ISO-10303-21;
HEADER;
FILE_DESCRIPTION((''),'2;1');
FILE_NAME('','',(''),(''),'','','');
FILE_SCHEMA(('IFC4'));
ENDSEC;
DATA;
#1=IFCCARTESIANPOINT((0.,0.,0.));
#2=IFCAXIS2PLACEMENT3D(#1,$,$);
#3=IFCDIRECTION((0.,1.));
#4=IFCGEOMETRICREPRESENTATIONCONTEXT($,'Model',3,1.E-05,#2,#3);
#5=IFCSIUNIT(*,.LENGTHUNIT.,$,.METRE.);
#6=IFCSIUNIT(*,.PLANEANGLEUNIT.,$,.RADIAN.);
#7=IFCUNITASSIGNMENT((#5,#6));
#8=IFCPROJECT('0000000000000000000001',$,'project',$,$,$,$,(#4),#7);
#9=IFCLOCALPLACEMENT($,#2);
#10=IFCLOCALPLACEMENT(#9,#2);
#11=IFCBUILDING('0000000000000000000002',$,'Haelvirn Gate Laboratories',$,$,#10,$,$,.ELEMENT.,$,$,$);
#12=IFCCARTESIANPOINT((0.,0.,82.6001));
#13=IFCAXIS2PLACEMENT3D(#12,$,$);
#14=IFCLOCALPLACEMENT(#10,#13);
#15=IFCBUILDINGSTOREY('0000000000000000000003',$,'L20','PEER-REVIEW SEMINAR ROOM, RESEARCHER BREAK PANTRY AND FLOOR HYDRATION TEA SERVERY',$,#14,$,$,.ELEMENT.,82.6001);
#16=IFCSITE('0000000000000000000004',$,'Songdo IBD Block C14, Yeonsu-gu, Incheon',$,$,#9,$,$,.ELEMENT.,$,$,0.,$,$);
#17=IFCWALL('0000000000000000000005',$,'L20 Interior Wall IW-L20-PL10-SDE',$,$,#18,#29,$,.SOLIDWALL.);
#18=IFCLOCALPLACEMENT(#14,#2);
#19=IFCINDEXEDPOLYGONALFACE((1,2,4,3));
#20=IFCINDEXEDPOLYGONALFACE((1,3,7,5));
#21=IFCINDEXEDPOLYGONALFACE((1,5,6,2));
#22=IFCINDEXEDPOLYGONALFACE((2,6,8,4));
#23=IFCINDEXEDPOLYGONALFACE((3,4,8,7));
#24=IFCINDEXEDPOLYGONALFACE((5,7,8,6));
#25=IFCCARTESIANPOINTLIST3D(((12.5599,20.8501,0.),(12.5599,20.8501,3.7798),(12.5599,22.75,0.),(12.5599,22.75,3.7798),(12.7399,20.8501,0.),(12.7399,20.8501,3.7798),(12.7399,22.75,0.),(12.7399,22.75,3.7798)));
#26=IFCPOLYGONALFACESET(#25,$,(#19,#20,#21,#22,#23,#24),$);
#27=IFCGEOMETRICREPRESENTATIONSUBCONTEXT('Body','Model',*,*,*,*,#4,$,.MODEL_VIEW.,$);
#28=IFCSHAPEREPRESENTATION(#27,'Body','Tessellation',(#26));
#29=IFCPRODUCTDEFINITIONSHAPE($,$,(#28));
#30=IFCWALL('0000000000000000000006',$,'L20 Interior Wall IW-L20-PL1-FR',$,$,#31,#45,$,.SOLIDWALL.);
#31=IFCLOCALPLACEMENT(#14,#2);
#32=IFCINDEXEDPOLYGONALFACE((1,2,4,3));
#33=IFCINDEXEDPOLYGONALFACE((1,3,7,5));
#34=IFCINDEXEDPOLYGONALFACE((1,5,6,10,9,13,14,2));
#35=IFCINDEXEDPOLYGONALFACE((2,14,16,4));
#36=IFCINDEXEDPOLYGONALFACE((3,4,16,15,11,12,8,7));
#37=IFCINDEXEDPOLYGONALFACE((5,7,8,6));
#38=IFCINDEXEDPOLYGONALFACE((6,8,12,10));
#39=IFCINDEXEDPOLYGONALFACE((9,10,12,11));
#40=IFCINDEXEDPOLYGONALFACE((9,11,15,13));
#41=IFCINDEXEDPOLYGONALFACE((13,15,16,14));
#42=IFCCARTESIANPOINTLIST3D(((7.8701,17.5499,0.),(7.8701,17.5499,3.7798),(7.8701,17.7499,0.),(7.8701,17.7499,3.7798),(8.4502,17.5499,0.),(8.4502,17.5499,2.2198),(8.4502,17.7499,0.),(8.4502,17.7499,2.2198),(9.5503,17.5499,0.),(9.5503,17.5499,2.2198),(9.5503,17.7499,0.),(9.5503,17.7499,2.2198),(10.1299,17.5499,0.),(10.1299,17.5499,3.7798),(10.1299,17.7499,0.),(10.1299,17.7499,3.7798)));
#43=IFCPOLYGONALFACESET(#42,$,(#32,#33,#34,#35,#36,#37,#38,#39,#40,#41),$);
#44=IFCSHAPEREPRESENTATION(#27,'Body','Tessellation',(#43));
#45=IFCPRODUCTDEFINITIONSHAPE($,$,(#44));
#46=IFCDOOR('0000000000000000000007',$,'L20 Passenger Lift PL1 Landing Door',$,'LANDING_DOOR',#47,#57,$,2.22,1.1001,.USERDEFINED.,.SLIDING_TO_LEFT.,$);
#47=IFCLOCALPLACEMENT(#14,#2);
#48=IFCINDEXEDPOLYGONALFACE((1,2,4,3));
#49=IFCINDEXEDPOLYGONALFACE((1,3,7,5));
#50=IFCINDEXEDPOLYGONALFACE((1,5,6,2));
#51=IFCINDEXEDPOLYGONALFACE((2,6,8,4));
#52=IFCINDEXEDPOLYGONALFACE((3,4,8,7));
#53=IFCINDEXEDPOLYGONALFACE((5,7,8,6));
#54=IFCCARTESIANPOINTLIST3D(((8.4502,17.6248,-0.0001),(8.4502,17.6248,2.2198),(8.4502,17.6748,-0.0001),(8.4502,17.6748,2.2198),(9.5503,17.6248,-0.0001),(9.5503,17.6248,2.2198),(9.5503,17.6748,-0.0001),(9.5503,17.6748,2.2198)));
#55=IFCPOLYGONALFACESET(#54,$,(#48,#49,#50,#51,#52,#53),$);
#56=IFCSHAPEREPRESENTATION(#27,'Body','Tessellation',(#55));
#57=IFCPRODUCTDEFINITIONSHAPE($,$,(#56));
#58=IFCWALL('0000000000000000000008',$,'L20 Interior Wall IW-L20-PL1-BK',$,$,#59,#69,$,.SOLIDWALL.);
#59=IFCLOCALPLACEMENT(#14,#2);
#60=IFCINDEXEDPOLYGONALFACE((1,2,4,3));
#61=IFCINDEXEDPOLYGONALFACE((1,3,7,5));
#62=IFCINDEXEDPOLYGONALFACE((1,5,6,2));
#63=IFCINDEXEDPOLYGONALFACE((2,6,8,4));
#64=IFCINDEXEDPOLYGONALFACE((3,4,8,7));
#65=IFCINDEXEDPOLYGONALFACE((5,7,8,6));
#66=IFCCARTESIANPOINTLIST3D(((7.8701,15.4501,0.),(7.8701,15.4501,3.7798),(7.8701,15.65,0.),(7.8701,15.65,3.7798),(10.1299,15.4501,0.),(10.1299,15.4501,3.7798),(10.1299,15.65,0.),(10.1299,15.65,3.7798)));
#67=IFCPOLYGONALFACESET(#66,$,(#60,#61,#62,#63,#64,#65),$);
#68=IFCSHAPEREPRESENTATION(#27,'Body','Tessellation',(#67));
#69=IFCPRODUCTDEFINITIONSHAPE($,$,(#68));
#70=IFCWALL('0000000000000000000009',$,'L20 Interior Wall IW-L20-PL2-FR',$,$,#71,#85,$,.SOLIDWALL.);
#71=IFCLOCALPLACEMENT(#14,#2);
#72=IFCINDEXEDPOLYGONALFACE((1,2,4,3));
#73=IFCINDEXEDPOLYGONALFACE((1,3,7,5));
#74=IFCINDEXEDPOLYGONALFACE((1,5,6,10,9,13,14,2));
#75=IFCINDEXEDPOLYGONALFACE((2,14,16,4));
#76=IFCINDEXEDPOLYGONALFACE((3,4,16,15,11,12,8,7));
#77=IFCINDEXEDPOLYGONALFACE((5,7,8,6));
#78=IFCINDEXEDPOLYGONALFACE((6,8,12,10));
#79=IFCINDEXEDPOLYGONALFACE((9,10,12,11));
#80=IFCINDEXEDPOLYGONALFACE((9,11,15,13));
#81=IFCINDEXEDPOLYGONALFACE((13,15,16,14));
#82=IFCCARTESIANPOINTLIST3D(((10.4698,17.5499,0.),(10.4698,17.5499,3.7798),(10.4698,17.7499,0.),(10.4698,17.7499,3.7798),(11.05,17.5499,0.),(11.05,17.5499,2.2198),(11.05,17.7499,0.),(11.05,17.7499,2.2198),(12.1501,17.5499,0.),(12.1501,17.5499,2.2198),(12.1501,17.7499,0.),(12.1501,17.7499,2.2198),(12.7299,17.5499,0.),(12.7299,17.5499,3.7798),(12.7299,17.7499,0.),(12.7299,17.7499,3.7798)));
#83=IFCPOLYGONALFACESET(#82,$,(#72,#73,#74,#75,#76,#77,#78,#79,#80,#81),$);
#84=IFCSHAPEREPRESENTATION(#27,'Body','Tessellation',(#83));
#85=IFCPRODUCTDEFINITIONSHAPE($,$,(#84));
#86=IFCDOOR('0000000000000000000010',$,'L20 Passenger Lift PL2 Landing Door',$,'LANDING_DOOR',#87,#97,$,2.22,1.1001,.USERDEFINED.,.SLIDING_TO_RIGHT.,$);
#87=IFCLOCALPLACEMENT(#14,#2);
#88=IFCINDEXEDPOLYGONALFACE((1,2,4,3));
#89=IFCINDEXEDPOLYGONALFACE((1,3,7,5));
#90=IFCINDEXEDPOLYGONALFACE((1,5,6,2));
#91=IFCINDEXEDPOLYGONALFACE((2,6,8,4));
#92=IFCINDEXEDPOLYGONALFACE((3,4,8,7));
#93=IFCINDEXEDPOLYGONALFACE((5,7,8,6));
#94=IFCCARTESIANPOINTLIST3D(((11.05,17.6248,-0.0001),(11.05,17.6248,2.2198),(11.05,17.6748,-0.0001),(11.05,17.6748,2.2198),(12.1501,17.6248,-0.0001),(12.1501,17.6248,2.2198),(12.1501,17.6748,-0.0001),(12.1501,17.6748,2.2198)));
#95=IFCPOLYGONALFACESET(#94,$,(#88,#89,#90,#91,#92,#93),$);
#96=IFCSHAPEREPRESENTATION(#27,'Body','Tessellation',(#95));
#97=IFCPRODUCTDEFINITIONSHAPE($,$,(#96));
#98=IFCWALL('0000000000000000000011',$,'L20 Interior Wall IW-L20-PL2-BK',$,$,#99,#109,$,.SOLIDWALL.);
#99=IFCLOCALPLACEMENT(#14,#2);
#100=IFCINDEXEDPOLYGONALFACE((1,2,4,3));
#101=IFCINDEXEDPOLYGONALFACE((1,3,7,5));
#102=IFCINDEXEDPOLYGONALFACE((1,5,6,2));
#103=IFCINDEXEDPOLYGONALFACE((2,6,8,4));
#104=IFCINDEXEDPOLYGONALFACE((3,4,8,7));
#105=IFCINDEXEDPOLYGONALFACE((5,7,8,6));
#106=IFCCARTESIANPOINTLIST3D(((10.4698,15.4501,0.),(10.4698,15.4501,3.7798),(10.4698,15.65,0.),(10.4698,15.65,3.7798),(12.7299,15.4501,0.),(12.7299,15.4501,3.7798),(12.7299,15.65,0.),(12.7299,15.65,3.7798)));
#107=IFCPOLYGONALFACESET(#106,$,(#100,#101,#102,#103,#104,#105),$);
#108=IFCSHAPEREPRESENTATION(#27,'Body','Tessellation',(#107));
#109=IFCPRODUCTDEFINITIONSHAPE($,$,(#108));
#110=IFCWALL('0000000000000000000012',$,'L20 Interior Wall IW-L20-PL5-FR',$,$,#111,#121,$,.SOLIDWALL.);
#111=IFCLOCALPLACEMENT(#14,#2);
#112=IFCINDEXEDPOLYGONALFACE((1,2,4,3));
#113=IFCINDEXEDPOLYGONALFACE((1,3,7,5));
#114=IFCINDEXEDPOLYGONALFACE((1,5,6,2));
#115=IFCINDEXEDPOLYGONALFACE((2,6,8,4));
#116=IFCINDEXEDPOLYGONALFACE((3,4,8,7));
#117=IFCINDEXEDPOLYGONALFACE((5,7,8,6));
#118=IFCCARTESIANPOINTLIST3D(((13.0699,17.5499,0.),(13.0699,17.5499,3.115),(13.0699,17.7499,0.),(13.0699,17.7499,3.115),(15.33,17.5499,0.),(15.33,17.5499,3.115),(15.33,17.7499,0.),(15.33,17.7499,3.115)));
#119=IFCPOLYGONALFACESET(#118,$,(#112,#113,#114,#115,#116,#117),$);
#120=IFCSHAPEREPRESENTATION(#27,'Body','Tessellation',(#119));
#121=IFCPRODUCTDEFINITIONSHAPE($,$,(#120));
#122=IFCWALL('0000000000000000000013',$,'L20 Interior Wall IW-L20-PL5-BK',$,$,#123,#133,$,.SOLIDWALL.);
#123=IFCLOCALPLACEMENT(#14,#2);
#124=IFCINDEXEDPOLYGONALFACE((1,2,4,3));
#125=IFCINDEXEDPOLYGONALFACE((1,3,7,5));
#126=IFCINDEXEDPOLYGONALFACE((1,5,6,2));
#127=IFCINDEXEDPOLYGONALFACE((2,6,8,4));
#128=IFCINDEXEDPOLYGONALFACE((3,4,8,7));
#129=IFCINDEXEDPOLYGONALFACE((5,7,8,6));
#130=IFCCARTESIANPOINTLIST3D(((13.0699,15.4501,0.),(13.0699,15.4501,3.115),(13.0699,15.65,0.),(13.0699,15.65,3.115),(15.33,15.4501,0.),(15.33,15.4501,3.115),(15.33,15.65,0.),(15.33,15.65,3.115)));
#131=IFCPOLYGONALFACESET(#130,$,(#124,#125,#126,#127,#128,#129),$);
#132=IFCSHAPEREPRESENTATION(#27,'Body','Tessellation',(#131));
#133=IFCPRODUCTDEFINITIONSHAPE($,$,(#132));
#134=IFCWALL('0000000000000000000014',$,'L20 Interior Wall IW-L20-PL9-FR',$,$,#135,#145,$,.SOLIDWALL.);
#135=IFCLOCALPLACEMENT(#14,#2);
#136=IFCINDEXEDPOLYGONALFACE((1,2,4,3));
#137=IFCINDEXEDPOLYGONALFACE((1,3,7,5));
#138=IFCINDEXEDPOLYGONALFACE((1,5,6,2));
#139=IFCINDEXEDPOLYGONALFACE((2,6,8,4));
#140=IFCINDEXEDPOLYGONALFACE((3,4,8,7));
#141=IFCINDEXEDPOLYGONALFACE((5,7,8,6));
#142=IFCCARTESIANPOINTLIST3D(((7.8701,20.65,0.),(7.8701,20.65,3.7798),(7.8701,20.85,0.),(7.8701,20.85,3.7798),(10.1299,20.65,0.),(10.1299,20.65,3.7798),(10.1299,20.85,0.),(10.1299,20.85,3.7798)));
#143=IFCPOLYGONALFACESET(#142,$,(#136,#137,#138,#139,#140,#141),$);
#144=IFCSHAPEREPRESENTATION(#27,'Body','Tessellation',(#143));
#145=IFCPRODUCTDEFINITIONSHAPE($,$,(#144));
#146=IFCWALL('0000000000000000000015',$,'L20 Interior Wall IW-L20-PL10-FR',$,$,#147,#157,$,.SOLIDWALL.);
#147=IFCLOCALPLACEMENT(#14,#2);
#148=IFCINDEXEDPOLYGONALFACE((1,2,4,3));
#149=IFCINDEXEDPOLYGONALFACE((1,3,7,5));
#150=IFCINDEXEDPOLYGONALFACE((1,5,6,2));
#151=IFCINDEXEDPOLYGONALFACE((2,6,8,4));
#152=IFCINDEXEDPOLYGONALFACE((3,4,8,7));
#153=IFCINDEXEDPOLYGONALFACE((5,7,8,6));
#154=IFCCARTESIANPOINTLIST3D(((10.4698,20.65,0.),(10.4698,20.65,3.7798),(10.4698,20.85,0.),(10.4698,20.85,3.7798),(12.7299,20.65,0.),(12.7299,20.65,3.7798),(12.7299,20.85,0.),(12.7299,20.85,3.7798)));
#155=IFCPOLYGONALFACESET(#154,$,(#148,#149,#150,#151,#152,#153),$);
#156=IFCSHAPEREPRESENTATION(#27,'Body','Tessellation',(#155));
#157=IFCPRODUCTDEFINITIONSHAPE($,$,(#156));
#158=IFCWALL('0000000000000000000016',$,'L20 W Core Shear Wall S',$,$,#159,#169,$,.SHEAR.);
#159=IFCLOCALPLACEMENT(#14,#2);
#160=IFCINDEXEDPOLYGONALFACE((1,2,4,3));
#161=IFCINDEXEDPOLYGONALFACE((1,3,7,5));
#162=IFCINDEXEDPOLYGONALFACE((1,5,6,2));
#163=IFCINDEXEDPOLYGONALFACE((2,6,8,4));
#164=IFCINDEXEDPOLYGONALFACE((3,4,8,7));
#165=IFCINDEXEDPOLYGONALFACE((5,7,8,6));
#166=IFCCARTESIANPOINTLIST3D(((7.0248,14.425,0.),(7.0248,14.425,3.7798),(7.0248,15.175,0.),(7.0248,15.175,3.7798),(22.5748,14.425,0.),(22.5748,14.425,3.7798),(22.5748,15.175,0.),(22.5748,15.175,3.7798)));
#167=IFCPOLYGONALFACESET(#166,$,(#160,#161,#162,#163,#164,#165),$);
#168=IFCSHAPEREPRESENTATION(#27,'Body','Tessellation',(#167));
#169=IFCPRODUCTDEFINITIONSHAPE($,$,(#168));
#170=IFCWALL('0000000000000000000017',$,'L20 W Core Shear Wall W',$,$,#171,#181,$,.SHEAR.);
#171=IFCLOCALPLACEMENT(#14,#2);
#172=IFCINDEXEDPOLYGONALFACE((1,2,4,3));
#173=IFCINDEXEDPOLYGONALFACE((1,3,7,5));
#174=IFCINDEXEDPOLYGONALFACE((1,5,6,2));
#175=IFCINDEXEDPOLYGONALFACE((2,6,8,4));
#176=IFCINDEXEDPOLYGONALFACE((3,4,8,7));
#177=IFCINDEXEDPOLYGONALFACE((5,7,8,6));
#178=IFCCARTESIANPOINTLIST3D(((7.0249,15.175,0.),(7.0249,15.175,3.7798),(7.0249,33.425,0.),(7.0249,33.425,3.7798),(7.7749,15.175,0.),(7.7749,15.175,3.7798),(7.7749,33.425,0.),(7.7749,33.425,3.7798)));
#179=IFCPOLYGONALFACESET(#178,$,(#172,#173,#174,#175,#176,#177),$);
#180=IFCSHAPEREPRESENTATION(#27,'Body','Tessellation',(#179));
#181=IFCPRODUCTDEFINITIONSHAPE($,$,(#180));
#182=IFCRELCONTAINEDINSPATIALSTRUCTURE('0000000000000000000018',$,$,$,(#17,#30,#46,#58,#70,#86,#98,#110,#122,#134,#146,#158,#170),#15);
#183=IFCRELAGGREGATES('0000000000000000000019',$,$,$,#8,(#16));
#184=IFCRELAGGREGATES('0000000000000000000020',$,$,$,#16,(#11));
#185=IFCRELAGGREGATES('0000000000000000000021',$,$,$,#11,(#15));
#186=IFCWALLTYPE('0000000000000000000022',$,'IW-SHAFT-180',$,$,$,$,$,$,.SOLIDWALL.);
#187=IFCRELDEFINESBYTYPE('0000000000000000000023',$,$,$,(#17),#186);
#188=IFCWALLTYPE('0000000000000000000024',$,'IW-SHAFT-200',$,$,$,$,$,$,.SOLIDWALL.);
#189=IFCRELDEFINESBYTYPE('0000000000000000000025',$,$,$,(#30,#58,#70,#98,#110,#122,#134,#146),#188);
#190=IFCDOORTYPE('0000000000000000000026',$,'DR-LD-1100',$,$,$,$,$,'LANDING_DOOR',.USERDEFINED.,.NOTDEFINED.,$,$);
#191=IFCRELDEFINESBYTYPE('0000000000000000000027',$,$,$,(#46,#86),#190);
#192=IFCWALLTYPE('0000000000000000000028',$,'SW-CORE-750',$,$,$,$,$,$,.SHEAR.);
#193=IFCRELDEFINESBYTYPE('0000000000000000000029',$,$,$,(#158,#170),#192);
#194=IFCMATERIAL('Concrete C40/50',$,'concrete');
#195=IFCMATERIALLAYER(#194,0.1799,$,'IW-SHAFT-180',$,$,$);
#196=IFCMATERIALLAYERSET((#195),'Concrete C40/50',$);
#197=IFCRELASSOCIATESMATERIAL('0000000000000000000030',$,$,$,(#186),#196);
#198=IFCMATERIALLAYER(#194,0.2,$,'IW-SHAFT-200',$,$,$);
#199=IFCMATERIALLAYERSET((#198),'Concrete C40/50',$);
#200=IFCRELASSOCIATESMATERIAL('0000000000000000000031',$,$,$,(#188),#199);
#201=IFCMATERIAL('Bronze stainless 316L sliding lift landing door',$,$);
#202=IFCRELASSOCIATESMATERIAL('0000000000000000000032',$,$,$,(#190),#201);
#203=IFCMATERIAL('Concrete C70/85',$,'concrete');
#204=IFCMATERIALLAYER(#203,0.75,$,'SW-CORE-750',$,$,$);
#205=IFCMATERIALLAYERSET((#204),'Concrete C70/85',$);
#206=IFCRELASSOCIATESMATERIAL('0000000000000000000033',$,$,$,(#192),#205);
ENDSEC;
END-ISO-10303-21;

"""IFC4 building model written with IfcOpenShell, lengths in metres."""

from ifc_helpers import new_model, si_unit, direction, frame, frame_2d, origin, place, context, subcontext, project, spatial, rectangle, extrude, source, transform, mapped, material, layer, layer_set, type_object, type_shapes, element, fill, save


model = new_model("IFC4")

# Units and contexts
model_context = context("Model", 3, precision=1e-05, world=origin(), true_north=direction((0.0, 1.0)))
body_context = subcontext(model_context, "Body", "Model", "MODEL_VIEW")
ifc_project = project(units=[si_unit("LENGTHUNIT", "METRE"), si_unit("PLANEANGLEUNIT", "RADIAN")], contexts=[model_context])

# Site, building, storey
site_placement = place(None, origin())
site = spatial("IfcSite", under=ifc_project, at=site_placement, Name="Songdo IBD Block C14, Yeonsu-gu, Incheon", CompositionType="ELEMENT", RefElevation=0.0)
building_placement = place(site_placement, origin())
building = spatial("IfcBuilding", under=site, at=building_placement, Name="Haelvirn Gate Laboratories", CompositionType="ELEMENT")
storey_placement = place(building_placement, frame((0.0, 0.0, 82.6001)))
storey = spatial("IfcBuildingStorey", under=building, at=storey_placement, Name="L20", Description="PEER-REVIEW SEMINAR ROOM, RESEARCHER BREAK PANTRY AND FLOOR HYDRATION TEA SERVERY", CompositionType="ELEMENT", Elevation=82.6001)

# Shared definitions
ifc_material_1 = material(Name="Concrete C70/85", Category="concrete")

# Wall
ifc_material_2 = material(Name="Concrete C40/50", Category="concrete")
ifc_layer_1 = layer(ifc_material_2, 0.1799, Name="IW-SHAFT-180")
ifc_layer_set_1 = layer_set([ifc_layer_1], Name="Concrete C40/50")
wall_type_1 = type_object("IfcWallType", Name="IW-SHAFT-180", PredefinedType="SOLIDWALL", material=ifc_layer_set_1)
for number, where, z_axis, x_axis, name in (
    (1, (12.6499, 20.8501, 0.0), (0.0, 0.0, 1.0), (0.0, 1.0, 0.0), "L20 Interior Wall IW-L20-PL10-SDE"),
):
    element("IfcWall", number, at=place(storey_placement, frame(where, z_axis=z_axis, x_axis=x_axis)), inside=storey, type_object=wall_type_1, Name=name, PredefinedType="SOLIDWALL", context=body_context, shape_type="SweptSolid", body=[
        extrude(rectangle(XDim=1.8999, YDim=0.1799, at=frame_2d((0.95, 0.0))), origin(), (0.0, 0.0, 1.0), 3.7798),
    ])

# Wall, opening, door
ifc_layer_2 = layer(ifc_material_2, 0.2, Name="IW-SHAFT-200")
ifc_layer_set_2 = layer_set([ifc_layer_2], Name="Concrete C40/50")
wall_type_2 = type_object("IfcWallType", Name="IW-SHAFT-200", PredefinedType="SOLIDWALL", material=ifc_layer_set_2)
wall_1_placement = place(storey_placement, frame((7.8701, 17.6499, 0.0), z_axis=(0.0, 0.0, 1.0), x_axis=(1.0, 0.0, 0.0)))
wall_1 = element("IfcWall", 2, at=wall_1_placement, inside=storey, type_object=wall_type_2, Name="L20 Interior Wall IW-L20-PL1-FR", PredefinedType="SOLIDWALL", context=body_context, shape_type="SweptSolid", body=[
    extrude(rectangle(XDim=2.2598, YDim=0.2, at=frame_2d((1.1299, 0.0))), origin(), (0.0, 0.0, 1.0), 3.7798),
])
opening_1_placement = place(wall_1_placement, frame((0.5801, 0.0, 0.0)))
opening_1 = element("IfcOpeningElement", 3, at=opening_1_placement, cuts=wall_1, PredefinedType="OPENING", context=body_context, shape_type="SweptSolid", body=[
    extrude(rectangle(XDim=1.1001, YDim=2.22, at=frame_2d((0.55, 1.1099))), frame((0.0, 0.1099, 0.0), z_axis=(0.0, -1.0, 0.0), x_axis=(1.0, 0.0, 0.0)), (0.0, 0.0, 1.0), 0.22),
])
ifc_material_3 = material(Name="Bronze stainless 316L sliding lift landing door")
door_type_1 = type_object("IfcDoorType", Name="DR-LD-1100", ElementType="LANDING_DOOR", OperationType="NOTDEFINED", PredefinedType="USERDEFINED", material=ifc_material_3)
shared_shape_1 = source(origin(), body_context, "Body", "SweptSolid", [
    extrude(rectangle(XDim=1.1001, YDim=2.22, at=frame_2d((0.55, 1.1099))), frame((0.0, 0.0249, 0.0), z_axis=(0.0, -1.0, 0.0), x_axis=(1.0, 0.0, 0.0)), (0.0, 0.0, 1.0), 0.05),
])
type_shapes(door_type_1, [shared_shape_1])
door_1_placement = place(opening_1_placement, origin())
door_1 = element("IfcDoor", 4, at=door_1_placement, inside=storey, type_object=door_type_1, Name="L20 Passenger Lift PL1 Landing Door", ObjectType="LANDING_DOOR", OperationType="SLIDING_TO_LEFT", OverallHeight=2.22, OverallWidth=1.1001, PredefinedType="USERDEFINED", context=body_context, shape_type="MappedRepresentation", body=[
    mapped(shared_shape_1, transform((0.0, 0.0, 0.0), scale=1.0)),
])
fill(opening_1, door_1)

# Wall
wall_2_placement = place(storey_placement, frame((7.8701, 15.55, 0.0), z_axis=(0.0, 0.0, 1.0), x_axis=(1.0, 0.0, 0.0)))
element("IfcWall", 5, at=wall_2_placement, inside=storey, type_object=wall_type_2, Name="L20 Interior Wall IW-L20-PL1-BK", PredefinedType="SOLIDWALL", context=body_context, shape_type="SweptSolid", body=[
    extrude(rectangle(XDim=2.2598, YDim=0.2, at=frame_2d((1.1299, 0.0))), origin(), (0.0, 0.0, 1.0), 3.7798),
])

# Wall, opening, door
wall_3_placement = place(storey_placement, frame((10.47, 17.6499, 0.0), z_axis=(0.0, 0.0, 1.0), x_axis=(1.0, 0.0, 0.0)))
wall_3 = element("IfcWall", 6, at=wall_3_placement, inside=storey, type_object=wall_type_2, Name="L20 Interior Wall IW-L20-PL2-FR", PredefinedType="SOLIDWALL", context=body_context, shape_type="SweptSolid", body=[
    extrude(rectangle(XDim=2.26, YDim=0.2, at=frame_2d((1.1299, 0.0))), origin(), (0.0, 0.0, 1.0), 3.7798),
])
opening_2_placement = place(wall_3_placement, frame((0.5801, 0.0, 0.0)))
opening_2 = element("IfcOpeningElement", 7, at=opening_2_placement, cuts=wall_3, PredefinedType="OPENING", context=body_context, shape_type="SweptSolid", body=[
    extrude(rectangle(XDim=1.1001, YDim=2.22, at=frame_2d((0.55, 1.1099))), frame((0.0, 0.1099, 0.0), z_axis=(0.0, -1.0, 0.0), x_axis=(1.0, 0.0, 0.0)), (0.0, 0.0, 1.0), 0.22),
])
door_2_placement = place(opening_2_placement, origin())
door_2 = element("IfcDoor", 8, at=door_2_placement, inside=storey, type_object=door_type_1, Name="L20 Passenger Lift PL2 Landing Door", ObjectType="LANDING_DOOR", OperationType="SLIDING_TO_RIGHT", OverallHeight=2.22, OverallWidth=1.1001, PredefinedType="USERDEFINED", context=body_context, shape_type="MappedRepresentation", body=[
    mapped(shared_shape_1, transform((0.0, 0.0, 0.0), scale=1.0)),
])
fill(opening_2, door_2)

# Walls
wall_4_placement = place(storey_placement, frame((10.47, 15.55, 0.0), z_axis=(0.0, 0.0, 1.0), x_axis=(1.0, 0.0, 0.0)))
element("IfcWall", 9, at=wall_4_placement, inside=storey, type_object=wall_type_2, Name="L20 Interior Wall IW-L20-PL2-BK", PredefinedType="SOLIDWALL", context=body_context, shape_type="SweptSolid", body=[
    extrude(rectangle(XDim=2.26, YDim=0.2, at=frame_2d((1.1299, 0.0))), origin(), (0.0, 0.0, 1.0), 3.7798),
])
for number, where, z_axis, x_axis, name in (
    (10, (13.0701, 17.6499, 0.0), (0.0, 0.0, 1.0), (1.0, 0.0, 0.0), "L20 Interior Wall IW-L20-PL5-FR"),
    (11, (13.0701, 15.55, 0.0), (0.0, 0.0, 1.0), (1.0, 0.0, 0.0), "L20 Interior Wall IW-L20-PL5-BK"),
):
    element("IfcWall", number, at=place(storey_placement, frame(where, z_axis=z_axis, x_axis=x_axis)), inside=storey, type_object=wall_type_2, Name=name, PredefinedType="SOLIDWALL", context=body_context, shape_type="SweptSolid", body=[
        extrude(rectangle(XDim=2.26, YDim=0.2, at=frame_2d((1.1299, 0.0))), origin(), (0.0, 0.0, 1.0), 3.115),
    ])
wall_5_placement = place(storey_placement, frame((7.8701, 20.75, 0.0), z_axis=(0.0, 0.0, 1.0), x_axis=(1.0, 0.0, 0.0)))
element("IfcWall", 12, at=wall_5_placement, inside=storey, type_object=wall_type_2, Name="L20 Interior Wall IW-L20-PL9-FR", PredefinedType="SOLIDWALL", context=body_context, shape_type="SweptSolid", body=[
    extrude(rectangle(XDim=2.2598, YDim=0.2, at=frame_2d((1.1299, 0.0))), origin(), (0.0, 0.0, 1.0), 3.7798),
])
wall_6_placement = place(storey_placement, frame((10.47, 20.75, 0.0), z_axis=(0.0, 0.0, 1.0), x_axis=(1.0, 0.0, 0.0)))
element("IfcWall", 13, at=wall_6_placement, inside=storey, type_object=wall_type_2, Name="L20 Interior Wall IW-L20-PL10-FR", PredefinedType="SOLIDWALL", context=body_context, shape_type="SweptSolid", body=[
    extrude(rectangle(XDim=2.26, YDim=0.2, at=frame_2d((1.1299, 0.0))), origin(), (0.0, 0.0, 1.0), 3.7798),
])
ifc_layer_3 = layer(ifc_material_1, 0.75, Name="SW-CORE-750")
ifc_layer_set_3 = layer_set([ifc_layer_3], Name="Concrete C70/85")
wall_type_3 = type_object("IfcWallType", Name="SW-CORE-750", PredefinedType="SHEAR", material=ifc_layer_set_3)
wall_7_placement = place(storey_placement, frame((7.0249, 14.8, 0.0), z_axis=(0.0, 0.0, 1.0), x_axis=(1.0, 0.0, 0.0)))
element("IfcWall", 14, at=wall_7_placement, inside=storey, type_object=wall_type_3, Name="L20 W Core Shear Wall S", PredefinedType="SHEAR", context=body_context, shape_type="SweptSolid", body=[
    extrude(rectangle(XDim=15.55, YDim=0.75, at=frame_2d((7.7749, 0.0))), origin(), (0.0, 0.0, 1.0), 3.7798),
])
wall_8_placement = place(storey_placement, frame((7.3999, 15.175, 0.0), z_axis=(0.0, 0.0, 1.0), x_axis=(0.0, 1.0, 0.0)))
element("IfcWall", 15, at=wall_8_placement, inside=storey, type_object=wall_type_3, Name="L20 W Core Shear Wall W", PredefinedType="SHEAR", context=body_context, shape_type="SweptSolid", body=[
    extrude(rectangle(XDim=18.25, YDim=0.75, at=frame_2d((9.125, 0.0))), origin(), (0.0, 0.0, 1.0), 3.7798),
])

save(model, "model.ifc")
